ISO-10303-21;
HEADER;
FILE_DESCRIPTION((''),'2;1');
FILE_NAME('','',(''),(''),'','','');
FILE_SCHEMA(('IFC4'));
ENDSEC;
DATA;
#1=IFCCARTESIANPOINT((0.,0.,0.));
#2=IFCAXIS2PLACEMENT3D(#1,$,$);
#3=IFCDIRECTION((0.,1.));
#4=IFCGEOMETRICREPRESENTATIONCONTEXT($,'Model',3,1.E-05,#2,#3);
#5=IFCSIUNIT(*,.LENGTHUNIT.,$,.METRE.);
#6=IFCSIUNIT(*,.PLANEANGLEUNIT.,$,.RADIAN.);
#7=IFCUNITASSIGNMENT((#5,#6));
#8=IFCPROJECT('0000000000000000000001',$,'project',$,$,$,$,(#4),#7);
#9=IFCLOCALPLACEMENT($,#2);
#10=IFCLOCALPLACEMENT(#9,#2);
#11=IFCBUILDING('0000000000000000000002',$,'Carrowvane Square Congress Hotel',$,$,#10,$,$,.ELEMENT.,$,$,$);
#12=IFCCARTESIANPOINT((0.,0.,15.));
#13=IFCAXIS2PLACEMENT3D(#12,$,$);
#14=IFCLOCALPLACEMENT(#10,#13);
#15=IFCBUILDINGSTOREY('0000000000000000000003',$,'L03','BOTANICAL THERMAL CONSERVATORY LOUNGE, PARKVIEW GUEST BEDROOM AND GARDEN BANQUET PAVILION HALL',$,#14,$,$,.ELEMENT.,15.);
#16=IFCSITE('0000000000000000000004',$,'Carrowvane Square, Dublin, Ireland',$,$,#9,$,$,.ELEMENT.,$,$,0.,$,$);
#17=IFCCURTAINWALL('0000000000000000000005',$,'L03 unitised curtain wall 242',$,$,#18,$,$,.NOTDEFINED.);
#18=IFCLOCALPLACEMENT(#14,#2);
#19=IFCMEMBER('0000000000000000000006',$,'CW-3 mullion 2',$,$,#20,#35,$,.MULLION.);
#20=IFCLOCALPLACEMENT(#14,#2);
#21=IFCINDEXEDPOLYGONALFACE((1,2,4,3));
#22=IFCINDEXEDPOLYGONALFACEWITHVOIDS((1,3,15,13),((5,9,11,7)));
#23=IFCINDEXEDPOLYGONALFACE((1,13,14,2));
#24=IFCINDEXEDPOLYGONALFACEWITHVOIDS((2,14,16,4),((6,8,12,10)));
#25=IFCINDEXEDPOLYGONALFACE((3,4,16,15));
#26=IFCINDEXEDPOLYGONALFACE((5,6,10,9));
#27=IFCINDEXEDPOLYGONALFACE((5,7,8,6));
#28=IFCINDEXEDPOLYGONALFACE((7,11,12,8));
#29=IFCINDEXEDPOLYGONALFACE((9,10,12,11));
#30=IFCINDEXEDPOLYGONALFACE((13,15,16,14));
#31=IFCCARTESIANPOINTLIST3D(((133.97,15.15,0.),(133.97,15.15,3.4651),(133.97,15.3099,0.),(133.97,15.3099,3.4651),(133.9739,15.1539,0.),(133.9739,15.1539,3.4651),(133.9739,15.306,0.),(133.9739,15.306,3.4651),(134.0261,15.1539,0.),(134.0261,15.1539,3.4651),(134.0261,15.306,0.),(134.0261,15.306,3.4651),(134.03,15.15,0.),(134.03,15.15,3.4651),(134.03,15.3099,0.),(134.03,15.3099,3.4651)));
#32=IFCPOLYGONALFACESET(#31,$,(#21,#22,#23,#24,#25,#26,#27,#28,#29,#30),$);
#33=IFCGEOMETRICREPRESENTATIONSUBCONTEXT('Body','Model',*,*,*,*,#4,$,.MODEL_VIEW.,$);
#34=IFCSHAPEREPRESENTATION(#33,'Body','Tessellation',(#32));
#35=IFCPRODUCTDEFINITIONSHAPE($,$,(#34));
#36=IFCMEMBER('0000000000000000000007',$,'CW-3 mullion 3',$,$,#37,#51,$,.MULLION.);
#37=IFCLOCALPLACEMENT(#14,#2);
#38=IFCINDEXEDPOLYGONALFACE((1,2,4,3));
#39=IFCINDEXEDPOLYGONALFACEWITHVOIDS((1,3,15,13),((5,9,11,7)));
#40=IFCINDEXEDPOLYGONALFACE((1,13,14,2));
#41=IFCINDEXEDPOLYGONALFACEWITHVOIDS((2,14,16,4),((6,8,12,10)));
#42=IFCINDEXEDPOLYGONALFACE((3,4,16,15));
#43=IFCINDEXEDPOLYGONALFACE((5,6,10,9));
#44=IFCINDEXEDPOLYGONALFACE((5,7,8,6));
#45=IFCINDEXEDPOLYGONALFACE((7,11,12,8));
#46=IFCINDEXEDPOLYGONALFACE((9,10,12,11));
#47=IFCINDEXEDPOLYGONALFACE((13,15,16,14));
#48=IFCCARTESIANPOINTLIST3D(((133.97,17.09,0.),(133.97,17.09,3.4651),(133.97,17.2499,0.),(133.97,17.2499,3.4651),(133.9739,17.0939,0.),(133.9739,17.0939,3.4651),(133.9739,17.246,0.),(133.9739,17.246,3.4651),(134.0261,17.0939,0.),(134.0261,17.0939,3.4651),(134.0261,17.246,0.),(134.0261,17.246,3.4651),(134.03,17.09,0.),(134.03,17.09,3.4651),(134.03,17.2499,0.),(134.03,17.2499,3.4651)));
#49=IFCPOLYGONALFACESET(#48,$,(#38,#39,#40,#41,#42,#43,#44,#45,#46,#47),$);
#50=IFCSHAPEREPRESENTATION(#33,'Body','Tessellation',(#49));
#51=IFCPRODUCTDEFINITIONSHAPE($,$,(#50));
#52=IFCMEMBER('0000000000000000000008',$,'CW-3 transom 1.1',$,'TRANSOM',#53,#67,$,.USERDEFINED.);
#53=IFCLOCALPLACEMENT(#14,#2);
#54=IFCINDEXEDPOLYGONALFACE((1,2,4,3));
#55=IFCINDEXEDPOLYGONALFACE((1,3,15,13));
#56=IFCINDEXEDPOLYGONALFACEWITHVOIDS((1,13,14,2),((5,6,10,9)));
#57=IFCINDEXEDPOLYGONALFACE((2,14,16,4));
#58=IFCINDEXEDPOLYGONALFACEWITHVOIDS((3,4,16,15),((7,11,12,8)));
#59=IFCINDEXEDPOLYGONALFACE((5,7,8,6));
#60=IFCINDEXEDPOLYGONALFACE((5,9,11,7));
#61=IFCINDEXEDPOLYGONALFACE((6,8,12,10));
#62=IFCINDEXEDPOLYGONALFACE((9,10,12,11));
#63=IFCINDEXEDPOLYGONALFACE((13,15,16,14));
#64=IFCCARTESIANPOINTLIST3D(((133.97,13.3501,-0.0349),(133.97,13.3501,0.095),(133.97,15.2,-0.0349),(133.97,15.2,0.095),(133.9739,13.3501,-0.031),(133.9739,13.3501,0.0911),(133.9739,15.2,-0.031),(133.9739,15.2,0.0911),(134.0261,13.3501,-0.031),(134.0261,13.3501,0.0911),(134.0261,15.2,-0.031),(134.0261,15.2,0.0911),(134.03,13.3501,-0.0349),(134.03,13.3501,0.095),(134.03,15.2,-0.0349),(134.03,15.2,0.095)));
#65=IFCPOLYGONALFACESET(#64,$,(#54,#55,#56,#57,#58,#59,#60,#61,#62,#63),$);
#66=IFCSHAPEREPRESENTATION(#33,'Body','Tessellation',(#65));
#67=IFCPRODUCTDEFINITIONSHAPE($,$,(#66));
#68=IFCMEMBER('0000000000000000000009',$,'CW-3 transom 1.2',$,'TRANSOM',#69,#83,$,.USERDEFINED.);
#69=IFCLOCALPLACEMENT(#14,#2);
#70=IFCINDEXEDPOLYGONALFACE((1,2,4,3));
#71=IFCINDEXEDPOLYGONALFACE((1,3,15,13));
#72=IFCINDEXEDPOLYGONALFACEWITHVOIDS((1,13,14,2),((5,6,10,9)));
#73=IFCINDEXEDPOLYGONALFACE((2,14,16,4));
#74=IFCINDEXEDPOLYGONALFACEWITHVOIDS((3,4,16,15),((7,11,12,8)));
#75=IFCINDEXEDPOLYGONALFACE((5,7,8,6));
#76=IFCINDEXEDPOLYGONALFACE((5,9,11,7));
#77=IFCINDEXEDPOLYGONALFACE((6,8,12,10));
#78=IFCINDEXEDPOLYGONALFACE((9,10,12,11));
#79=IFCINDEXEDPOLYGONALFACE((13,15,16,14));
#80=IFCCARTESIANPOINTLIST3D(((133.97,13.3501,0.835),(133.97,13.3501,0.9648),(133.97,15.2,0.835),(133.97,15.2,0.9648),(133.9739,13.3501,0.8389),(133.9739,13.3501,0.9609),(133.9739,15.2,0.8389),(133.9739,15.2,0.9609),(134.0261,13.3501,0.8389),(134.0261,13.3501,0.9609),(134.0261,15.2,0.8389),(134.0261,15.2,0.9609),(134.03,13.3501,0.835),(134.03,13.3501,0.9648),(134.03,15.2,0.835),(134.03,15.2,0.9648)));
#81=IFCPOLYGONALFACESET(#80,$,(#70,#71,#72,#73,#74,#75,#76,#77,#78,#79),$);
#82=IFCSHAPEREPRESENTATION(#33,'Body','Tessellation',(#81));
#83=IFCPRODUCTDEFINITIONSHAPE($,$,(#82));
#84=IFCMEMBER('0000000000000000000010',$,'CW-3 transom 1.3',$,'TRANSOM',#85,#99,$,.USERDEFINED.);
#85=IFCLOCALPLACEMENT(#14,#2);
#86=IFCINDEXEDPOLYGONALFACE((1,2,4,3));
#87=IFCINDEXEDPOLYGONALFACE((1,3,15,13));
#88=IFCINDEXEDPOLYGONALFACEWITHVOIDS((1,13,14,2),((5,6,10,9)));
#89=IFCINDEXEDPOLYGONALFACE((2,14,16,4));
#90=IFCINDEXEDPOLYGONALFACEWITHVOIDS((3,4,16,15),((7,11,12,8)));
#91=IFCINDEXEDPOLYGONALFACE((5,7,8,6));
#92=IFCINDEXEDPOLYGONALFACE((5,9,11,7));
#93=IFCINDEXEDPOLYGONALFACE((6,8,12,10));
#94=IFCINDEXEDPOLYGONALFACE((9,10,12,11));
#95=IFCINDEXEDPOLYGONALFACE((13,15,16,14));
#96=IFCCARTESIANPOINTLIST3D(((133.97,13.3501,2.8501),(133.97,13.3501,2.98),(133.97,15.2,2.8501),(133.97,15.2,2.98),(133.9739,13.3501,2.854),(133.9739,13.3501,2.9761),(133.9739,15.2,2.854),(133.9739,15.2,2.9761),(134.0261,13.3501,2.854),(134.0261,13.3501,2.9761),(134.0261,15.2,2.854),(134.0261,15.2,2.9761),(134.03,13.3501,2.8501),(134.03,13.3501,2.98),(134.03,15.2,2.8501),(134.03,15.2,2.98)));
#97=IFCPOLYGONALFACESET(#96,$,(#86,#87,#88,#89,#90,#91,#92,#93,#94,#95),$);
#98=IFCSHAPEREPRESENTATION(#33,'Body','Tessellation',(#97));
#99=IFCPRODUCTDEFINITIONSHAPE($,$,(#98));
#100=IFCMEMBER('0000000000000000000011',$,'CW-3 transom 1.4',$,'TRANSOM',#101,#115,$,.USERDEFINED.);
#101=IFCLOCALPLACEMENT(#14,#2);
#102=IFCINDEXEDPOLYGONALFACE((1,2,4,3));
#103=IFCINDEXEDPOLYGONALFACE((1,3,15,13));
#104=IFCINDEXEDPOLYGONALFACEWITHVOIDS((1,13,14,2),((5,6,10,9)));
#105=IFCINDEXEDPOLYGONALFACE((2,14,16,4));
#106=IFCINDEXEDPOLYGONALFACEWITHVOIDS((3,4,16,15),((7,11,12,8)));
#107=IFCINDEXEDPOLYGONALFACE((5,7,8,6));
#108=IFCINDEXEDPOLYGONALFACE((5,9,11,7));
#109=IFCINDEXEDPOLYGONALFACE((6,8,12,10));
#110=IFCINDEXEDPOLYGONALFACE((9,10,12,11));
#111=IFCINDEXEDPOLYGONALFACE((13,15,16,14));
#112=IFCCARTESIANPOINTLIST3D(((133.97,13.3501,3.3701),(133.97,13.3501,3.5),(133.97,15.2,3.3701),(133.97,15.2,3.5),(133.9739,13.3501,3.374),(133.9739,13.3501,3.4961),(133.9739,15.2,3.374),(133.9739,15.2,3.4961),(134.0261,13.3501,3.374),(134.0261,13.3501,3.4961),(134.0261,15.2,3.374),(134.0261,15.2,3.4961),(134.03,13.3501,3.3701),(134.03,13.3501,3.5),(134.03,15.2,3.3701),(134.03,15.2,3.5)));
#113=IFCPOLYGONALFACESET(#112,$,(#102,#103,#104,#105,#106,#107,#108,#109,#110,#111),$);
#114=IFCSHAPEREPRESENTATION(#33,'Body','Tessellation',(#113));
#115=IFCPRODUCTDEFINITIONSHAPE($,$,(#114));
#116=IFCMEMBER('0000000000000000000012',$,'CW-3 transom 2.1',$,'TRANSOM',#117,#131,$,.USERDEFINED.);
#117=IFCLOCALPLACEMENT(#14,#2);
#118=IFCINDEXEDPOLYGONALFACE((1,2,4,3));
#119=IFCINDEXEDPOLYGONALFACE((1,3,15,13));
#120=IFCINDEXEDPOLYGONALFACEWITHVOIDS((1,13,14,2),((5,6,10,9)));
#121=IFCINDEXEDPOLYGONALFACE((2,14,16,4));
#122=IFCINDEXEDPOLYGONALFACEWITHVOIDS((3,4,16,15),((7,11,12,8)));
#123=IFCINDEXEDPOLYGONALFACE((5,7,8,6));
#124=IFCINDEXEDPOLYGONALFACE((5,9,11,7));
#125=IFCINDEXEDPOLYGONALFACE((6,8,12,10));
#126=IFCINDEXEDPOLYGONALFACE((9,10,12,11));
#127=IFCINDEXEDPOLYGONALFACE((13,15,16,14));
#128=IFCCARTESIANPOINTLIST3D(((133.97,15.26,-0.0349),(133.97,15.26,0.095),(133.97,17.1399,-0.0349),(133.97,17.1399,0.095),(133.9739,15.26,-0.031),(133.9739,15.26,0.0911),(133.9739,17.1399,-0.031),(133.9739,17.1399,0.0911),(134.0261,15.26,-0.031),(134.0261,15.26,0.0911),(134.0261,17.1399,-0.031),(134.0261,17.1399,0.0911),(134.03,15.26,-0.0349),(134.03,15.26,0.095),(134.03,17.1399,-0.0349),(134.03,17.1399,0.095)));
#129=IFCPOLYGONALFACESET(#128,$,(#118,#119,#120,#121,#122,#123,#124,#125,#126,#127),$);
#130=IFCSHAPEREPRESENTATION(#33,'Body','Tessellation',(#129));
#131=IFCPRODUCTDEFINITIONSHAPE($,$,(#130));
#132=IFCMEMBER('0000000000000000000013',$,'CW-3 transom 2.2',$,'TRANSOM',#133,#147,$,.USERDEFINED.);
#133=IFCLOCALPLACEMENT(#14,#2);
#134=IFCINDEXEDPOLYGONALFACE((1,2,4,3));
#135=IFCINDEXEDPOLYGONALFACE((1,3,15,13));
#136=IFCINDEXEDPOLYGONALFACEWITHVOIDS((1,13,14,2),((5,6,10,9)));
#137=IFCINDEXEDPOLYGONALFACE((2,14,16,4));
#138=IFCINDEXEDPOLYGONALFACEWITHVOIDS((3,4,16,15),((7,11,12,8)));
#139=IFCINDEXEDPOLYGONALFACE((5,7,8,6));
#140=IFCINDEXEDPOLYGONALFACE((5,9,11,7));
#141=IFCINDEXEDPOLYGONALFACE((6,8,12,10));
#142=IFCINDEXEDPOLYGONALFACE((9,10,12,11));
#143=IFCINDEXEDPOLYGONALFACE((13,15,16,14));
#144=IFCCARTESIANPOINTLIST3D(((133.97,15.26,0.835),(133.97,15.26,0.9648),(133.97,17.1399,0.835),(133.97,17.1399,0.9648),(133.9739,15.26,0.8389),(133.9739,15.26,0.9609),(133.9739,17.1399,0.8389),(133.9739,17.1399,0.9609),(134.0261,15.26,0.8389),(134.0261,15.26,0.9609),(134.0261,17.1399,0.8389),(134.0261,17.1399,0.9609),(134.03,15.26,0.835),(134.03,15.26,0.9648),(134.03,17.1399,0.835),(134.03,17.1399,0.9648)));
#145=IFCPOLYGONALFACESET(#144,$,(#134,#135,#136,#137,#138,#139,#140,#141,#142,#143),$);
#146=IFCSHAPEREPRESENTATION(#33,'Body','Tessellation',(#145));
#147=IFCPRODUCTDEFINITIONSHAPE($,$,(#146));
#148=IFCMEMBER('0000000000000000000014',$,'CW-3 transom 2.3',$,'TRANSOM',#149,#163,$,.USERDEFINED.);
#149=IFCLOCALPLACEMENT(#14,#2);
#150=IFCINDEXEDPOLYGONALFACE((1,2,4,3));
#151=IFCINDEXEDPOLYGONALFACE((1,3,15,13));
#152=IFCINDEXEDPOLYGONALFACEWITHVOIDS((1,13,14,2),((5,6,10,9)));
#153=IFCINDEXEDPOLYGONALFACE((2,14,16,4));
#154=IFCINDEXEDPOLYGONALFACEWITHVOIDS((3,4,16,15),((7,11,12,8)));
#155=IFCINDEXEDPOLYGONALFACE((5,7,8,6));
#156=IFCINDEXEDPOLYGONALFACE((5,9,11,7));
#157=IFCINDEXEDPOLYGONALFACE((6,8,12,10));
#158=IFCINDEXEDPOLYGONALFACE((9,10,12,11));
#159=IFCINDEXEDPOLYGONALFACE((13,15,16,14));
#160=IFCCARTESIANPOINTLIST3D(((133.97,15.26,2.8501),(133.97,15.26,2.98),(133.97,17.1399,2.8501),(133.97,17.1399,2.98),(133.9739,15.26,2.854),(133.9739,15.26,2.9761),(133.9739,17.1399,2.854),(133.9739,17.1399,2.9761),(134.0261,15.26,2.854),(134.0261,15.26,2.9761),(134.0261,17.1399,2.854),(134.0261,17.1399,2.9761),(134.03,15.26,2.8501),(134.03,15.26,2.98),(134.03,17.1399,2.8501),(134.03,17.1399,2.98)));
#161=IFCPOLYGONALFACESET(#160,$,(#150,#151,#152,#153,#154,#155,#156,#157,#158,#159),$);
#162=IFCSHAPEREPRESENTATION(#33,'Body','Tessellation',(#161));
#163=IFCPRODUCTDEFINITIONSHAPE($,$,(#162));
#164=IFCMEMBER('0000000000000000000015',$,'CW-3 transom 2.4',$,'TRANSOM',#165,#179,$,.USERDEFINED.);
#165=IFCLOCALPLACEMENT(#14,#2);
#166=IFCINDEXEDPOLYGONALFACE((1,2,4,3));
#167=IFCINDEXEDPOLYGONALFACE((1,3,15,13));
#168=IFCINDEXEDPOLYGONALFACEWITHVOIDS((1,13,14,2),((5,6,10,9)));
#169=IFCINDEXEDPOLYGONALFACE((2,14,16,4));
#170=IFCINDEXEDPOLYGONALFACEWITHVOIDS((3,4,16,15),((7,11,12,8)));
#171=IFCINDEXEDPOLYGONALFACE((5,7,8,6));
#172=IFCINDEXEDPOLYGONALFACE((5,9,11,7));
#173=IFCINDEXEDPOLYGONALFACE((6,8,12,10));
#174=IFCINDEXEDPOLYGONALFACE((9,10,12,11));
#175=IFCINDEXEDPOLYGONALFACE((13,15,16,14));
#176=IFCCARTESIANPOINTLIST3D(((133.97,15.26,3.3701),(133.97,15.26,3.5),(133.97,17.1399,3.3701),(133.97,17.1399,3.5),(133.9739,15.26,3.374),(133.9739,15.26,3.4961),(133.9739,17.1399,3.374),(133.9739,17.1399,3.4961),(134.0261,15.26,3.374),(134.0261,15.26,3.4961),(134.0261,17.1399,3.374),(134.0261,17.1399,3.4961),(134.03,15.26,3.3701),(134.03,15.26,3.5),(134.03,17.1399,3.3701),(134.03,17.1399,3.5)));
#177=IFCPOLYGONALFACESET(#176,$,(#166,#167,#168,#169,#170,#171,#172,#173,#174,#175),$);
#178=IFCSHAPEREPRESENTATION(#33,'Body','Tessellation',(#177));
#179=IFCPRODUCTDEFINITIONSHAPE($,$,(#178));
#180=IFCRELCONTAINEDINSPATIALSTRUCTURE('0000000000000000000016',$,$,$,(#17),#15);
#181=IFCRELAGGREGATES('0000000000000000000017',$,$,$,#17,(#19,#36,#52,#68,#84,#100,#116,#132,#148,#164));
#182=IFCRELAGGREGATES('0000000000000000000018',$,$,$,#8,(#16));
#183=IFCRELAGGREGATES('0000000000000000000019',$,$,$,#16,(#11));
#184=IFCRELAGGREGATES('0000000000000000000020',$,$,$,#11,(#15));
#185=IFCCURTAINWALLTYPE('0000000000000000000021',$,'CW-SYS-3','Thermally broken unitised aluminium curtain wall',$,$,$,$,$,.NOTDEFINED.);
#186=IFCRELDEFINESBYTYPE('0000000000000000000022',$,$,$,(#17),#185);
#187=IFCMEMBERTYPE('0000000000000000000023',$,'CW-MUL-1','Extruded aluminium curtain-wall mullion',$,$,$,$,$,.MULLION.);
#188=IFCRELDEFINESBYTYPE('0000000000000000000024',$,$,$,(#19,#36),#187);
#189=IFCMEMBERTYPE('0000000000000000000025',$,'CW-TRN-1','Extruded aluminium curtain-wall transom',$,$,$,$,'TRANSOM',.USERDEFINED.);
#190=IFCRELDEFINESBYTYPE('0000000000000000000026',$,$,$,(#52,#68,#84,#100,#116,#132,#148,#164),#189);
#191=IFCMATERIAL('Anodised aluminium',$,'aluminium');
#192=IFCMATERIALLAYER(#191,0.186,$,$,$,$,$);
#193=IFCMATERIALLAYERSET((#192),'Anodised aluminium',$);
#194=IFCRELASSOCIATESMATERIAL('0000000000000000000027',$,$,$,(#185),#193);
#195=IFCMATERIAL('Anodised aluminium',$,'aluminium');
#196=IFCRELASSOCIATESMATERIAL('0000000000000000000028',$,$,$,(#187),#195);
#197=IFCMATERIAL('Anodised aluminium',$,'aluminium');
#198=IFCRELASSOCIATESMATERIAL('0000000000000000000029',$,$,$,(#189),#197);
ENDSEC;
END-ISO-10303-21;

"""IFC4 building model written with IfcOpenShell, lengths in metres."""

from ifc_helpers import new_model, si_unit, direction, frame, origin, origin_2d, place, context, subcontext, project, spatial, hollow_rectangle, extrude, material, layer, layer_set, material_profile, profile_set, type_object, element, aggregate, save


model = new_model("IFC4")

# Units and contexts
model_context = context("Model", 3, precision=1e-05, world=origin(), true_north=direction((0.0, 1.0)))
body_context = subcontext(model_context, "Body", "Model", "MODEL_VIEW")
ifc_project = project(units=[si_unit("LENGTHUNIT", "METRE"), si_unit("PLANEANGLEUNIT", "RADIAN")], contexts=[model_context])

# Site, building, storey
site_placement = place(None, origin())
site = spatial("IfcSite", under=ifc_project, at=site_placement, Name="Carrowvane Square, Dublin, Ireland", CompositionType="ELEMENT", RefElevation=0.0)
building_placement = place(site_placement, origin())
building = spatial("IfcBuilding", under=site, at=building_placement, Name="Carrowvane Square Congress Hotel", CompositionType="ELEMENT")
storey_placement = place(building_placement, frame((0.0, 0.0, 15.0)))
storey = spatial("IfcBuildingStorey", under=building, at=storey_placement, Name="L03", Description="BOTANICAL THERMAL CONSERVATORY LOUNGE, PARKVIEW GUEST BEDROOM AND GARDEN BANQUET PAVILION HALL", CompositionType="ELEMENT", Elevation=15.0)

# Curtain wall, members
ifc_material_1 = material(Name="Anodised aluminium", Category="aluminium")
ifc_layer_1 = layer(ifc_material_1, 0.186)
ifc_layer_set_1 = layer_set([ifc_layer_1], Name="Anodised aluminium")
curtain_wall_type = type_object("IfcCurtainWallType", Name="CW-SYS-3", Description="Thermally broken unitised aluminium curtain wall", PredefinedType="NOTDEFINED", material=ifc_layer_set_1)
curtain_wall_placement = place(storey_placement, origin())
curtain_wall = element("IfcCurtainWall", 1, at=curtain_wall_placement, inside=storey, type_object=curtain_wall_type, Name="L03 unitised curtain wall 242", PredefinedType="NOTDEFINED")
ifc_material_2 = material(Name="Anodised aluminium", Category="aluminium")
ifc_material_profile_1 = material_profile(ifc_material_2, hollow_rectangle(XDim=0.0601, YDim=0.1599, WallThickness=0.0039, at=origin_2d()), Name="CW-ML 60x160x4")
ifc_profile_set_1 = profile_set([ifc_material_profile_1], Name="Anodised aluminium")
member_type_1 = type_object("IfcMemberType", Name="CW-MUL-1", Description="Extruded aluminium curtain-wall mullion", PredefinedType="MULLION", material=ifc_profile_set_1)
member_1_placement = place(storey_placement, frame((134.0, 15.23, 0.0), z_axis=(0.0, 0.0, 1.0), x_axis=(-1.0, 0.0, 0.0)))
member_1 = element("IfcMember", 2, at=member_1_placement, type_object=member_type_1, Name="CW-3 mullion 2", PredefinedType="MULLION", context=body_context, shape_type="SweptSolid", body=[
    extrude(hollow_rectangle(XDim=0.0601, YDim=0.1599, WallThickness=0.0039, at=origin_2d()), origin(), (0.0, 0.0, 1.0), 3.4651),
])
member_2_placement = place(storey_placement, frame((134.0, 17.1699, 0.0), z_axis=(0.0, 0.0, 1.0), x_axis=(-1.0, 0.0, 0.0)))
member_2 = element("IfcMember", 3, at=member_2_placement, type_object=member_type_1, Name="CW-3 mullion 3", PredefinedType="MULLION", context=body_context, shape_type="SweptSolid", body=[
    extrude(hollow_rectangle(XDim=0.0601, YDim=0.1599, WallThickness=0.0039, at=origin_2d()), origin(), (0.0, 0.0, 1.0), 3.4651),
])
ifc_material_3 = material(Name="Anodised aluminium", Category="aluminium")
ifc_material_profile_2 = material_profile(ifc_material_3, hollow_rectangle(XDim=0.0601, YDim=0.1299, WallThickness=0.0039, at=origin_2d()), Name="CW-TR 60x130x4")
ifc_profile_set_2 = profile_set([ifc_material_profile_2], Name="Anodised aluminium")
member_type_2 = type_object("IfcMemberType", Name="CW-TRN-1", Description="Extruded aluminium curtain-wall transom", ElementType="TRANSOM", PredefinedType="USERDEFINED", material=ifc_profile_set_2)
member_3_placement = place(storey_placement, frame((134.0, 13.3501, 0.03), z_axis=(0.0, 1.0, 0.0), x_axis=(-1.0, 0.0, 0.0)))
member_3 = element("IfcMember", 4, at=member_3_placement, type_object=member_type_2, Name="CW-3 transom 1.1", ObjectType="TRANSOM", PredefinedType="USERDEFINED", context=body_context, shape_type="SweptSolid", body=[
    extrude(hollow_rectangle(XDim=0.0601, YDim=0.1299, WallThickness=0.0039, at=origin_2d()), origin(), (0.0, 0.0, 1.0), 1.8499),
])
member_4_placement = place(storey_placement, frame((134.0, 13.3501, 0.8999), z_axis=(0.0, 1.0, 0.0), x_axis=(-1.0, 0.0, 0.0)))
member_4 = element("IfcMember", 5, at=member_4_placement, type_object=member_type_2, Name="CW-3 transom 1.2", ObjectType="TRANSOM", PredefinedType="USERDEFINED", context=body_context, shape_type="SweptSolid", body=[
    extrude(hollow_rectangle(XDim=0.0601, YDim=0.1299, WallThickness=0.0039, at=origin_2d()), origin(), (0.0, 0.0, 1.0), 1.8499),
])
member_5_placement = place(storey_placement, frame((134.0, 13.3501, 2.915), z_axis=(0.0, 1.0, 0.0), x_axis=(-1.0, 0.0, 0.0)))
member_5 = element("IfcMember", 6, at=member_5_placement, type_object=member_type_2, Name="CW-3 transom 1.3", ObjectType="TRANSOM", PredefinedType="USERDEFINED", context=body_context, shape_type="SweptSolid", body=[
    extrude(hollow_rectangle(XDim=0.0601, YDim=0.1299, WallThickness=0.0039, at=origin_2d()), origin(), (0.0, 0.0, 1.0), 1.8499),
])
member_6_placement = place(storey_placement, frame((134.0, 13.3501, 3.4351), z_axis=(0.0, 1.0, 0.0), x_axis=(-1.0, 0.0, 0.0)))
member_6 = element("IfcMember", 7, at=member_6_placement, type_object=member_type_2, Name="CW-3 transom 1.4", ObjectType="TRANSOM", PredefinedType="USERDEFINED", context=body_context, shape_type="SweptSolid", body=[
    extrude(hollow_rectangle(XDim=0.0601, YDim=0.1299, WallThickness=0.0039, at=origin_2d()), origin(), (0.0, 0.0, 1.0), 1.8499),
])
member_7_placement = place(storey_placement, frame((134.0, 15.26, 0.03), z_axis=(0.0, 1.0, 0.0), x_axis=(-1.0, 0.0, 0.0)))
member_7 = element("IfcMember", 8, at=member_7_placement, type_object=member_type_2, Name="CW-3 transom 2.1", ObjectType="TRANSOM", PredefinedType="USERDEFINED", context=body_context, shape_type="SweptSolid", body=[
    extrude(hollow_rectangle(XDim=0.0601, YDim=0.1299, WallThickness=0.0039, at=origin_2d()), origin(), (0.0, 0.0, 1.0), 1.8799),
])
member_8_placement = place(storey_placement, frame((134.0, 15.26, 0.8999), z_axis=(0.0, 1.0, 0.0), x_axis=(-1.0, 0.0, 0.0)))
member_8 = element("IfcMember", 9, at=member_8_placement, type_object=member_type_2, Name="CW-3 transom 2.2", ObjectType="TRANSOM", PredefinedType="USERDEFINED", context=body_context, shape_type="SweptSolid", body=[
    extrude(hollow_rectangle(XDim=0.0601, YDim=0.1299, WallThickness=0.0039, at=origin_2d()), origin(), (0.0, 0.0, 1.0), 1.8799),
])
member_9_placement = place(storey_placement, frame((134.0, 15.26, 2.915), z_axis=(0.0, 1.0, 0.0), x_axis=(-1.0, 0.0, 0.0)))
member_9 = element("IfcMember", 10, at=member_9_placement, type_object=member_type_2, Name="CW-3 transom 2.3", ObjectType="TRANSOM", PredefinedType="USERDEFINED", context=body_context, shape_type="SweptSolid", body=[
    extrude(hollow_rectangle(XDim=0.0601, YDim=0.1299, WallThickness=0.0039, at=origin_2d()), origin(), (0.0, 0.0, 1.0), 1.8799),
])
member_10_placement = place(storey_placement, frame((134.0, 15.26, 3.4351), z_axis=(0.0, 1.0, 0.0), x_axis=(-1.0, 0.0, 0.0)))
member_10 = element("IfcMember", 11, at=member_10_placement, type_object=member_type_2, Name="CW-3 transom 2.4", ObjectType="TRANSOM", PredefinedType="USERDEFINED", context=body_context, shape_type="SweptSolid", body=[
    extrude(hollow_rectangle(XDim=0.0601, YDim=0.1299, WallThickness=0.0039, at=origin_2d()), origin(), (0.0, 0.0, 1.0), 1.8799),
])

aggregate(curtain_wall, [member_1, member_2, member_3, member_4, member_5, member_6, member_7, member_8, member_9, member_10])

save(model, "model.ifc")
